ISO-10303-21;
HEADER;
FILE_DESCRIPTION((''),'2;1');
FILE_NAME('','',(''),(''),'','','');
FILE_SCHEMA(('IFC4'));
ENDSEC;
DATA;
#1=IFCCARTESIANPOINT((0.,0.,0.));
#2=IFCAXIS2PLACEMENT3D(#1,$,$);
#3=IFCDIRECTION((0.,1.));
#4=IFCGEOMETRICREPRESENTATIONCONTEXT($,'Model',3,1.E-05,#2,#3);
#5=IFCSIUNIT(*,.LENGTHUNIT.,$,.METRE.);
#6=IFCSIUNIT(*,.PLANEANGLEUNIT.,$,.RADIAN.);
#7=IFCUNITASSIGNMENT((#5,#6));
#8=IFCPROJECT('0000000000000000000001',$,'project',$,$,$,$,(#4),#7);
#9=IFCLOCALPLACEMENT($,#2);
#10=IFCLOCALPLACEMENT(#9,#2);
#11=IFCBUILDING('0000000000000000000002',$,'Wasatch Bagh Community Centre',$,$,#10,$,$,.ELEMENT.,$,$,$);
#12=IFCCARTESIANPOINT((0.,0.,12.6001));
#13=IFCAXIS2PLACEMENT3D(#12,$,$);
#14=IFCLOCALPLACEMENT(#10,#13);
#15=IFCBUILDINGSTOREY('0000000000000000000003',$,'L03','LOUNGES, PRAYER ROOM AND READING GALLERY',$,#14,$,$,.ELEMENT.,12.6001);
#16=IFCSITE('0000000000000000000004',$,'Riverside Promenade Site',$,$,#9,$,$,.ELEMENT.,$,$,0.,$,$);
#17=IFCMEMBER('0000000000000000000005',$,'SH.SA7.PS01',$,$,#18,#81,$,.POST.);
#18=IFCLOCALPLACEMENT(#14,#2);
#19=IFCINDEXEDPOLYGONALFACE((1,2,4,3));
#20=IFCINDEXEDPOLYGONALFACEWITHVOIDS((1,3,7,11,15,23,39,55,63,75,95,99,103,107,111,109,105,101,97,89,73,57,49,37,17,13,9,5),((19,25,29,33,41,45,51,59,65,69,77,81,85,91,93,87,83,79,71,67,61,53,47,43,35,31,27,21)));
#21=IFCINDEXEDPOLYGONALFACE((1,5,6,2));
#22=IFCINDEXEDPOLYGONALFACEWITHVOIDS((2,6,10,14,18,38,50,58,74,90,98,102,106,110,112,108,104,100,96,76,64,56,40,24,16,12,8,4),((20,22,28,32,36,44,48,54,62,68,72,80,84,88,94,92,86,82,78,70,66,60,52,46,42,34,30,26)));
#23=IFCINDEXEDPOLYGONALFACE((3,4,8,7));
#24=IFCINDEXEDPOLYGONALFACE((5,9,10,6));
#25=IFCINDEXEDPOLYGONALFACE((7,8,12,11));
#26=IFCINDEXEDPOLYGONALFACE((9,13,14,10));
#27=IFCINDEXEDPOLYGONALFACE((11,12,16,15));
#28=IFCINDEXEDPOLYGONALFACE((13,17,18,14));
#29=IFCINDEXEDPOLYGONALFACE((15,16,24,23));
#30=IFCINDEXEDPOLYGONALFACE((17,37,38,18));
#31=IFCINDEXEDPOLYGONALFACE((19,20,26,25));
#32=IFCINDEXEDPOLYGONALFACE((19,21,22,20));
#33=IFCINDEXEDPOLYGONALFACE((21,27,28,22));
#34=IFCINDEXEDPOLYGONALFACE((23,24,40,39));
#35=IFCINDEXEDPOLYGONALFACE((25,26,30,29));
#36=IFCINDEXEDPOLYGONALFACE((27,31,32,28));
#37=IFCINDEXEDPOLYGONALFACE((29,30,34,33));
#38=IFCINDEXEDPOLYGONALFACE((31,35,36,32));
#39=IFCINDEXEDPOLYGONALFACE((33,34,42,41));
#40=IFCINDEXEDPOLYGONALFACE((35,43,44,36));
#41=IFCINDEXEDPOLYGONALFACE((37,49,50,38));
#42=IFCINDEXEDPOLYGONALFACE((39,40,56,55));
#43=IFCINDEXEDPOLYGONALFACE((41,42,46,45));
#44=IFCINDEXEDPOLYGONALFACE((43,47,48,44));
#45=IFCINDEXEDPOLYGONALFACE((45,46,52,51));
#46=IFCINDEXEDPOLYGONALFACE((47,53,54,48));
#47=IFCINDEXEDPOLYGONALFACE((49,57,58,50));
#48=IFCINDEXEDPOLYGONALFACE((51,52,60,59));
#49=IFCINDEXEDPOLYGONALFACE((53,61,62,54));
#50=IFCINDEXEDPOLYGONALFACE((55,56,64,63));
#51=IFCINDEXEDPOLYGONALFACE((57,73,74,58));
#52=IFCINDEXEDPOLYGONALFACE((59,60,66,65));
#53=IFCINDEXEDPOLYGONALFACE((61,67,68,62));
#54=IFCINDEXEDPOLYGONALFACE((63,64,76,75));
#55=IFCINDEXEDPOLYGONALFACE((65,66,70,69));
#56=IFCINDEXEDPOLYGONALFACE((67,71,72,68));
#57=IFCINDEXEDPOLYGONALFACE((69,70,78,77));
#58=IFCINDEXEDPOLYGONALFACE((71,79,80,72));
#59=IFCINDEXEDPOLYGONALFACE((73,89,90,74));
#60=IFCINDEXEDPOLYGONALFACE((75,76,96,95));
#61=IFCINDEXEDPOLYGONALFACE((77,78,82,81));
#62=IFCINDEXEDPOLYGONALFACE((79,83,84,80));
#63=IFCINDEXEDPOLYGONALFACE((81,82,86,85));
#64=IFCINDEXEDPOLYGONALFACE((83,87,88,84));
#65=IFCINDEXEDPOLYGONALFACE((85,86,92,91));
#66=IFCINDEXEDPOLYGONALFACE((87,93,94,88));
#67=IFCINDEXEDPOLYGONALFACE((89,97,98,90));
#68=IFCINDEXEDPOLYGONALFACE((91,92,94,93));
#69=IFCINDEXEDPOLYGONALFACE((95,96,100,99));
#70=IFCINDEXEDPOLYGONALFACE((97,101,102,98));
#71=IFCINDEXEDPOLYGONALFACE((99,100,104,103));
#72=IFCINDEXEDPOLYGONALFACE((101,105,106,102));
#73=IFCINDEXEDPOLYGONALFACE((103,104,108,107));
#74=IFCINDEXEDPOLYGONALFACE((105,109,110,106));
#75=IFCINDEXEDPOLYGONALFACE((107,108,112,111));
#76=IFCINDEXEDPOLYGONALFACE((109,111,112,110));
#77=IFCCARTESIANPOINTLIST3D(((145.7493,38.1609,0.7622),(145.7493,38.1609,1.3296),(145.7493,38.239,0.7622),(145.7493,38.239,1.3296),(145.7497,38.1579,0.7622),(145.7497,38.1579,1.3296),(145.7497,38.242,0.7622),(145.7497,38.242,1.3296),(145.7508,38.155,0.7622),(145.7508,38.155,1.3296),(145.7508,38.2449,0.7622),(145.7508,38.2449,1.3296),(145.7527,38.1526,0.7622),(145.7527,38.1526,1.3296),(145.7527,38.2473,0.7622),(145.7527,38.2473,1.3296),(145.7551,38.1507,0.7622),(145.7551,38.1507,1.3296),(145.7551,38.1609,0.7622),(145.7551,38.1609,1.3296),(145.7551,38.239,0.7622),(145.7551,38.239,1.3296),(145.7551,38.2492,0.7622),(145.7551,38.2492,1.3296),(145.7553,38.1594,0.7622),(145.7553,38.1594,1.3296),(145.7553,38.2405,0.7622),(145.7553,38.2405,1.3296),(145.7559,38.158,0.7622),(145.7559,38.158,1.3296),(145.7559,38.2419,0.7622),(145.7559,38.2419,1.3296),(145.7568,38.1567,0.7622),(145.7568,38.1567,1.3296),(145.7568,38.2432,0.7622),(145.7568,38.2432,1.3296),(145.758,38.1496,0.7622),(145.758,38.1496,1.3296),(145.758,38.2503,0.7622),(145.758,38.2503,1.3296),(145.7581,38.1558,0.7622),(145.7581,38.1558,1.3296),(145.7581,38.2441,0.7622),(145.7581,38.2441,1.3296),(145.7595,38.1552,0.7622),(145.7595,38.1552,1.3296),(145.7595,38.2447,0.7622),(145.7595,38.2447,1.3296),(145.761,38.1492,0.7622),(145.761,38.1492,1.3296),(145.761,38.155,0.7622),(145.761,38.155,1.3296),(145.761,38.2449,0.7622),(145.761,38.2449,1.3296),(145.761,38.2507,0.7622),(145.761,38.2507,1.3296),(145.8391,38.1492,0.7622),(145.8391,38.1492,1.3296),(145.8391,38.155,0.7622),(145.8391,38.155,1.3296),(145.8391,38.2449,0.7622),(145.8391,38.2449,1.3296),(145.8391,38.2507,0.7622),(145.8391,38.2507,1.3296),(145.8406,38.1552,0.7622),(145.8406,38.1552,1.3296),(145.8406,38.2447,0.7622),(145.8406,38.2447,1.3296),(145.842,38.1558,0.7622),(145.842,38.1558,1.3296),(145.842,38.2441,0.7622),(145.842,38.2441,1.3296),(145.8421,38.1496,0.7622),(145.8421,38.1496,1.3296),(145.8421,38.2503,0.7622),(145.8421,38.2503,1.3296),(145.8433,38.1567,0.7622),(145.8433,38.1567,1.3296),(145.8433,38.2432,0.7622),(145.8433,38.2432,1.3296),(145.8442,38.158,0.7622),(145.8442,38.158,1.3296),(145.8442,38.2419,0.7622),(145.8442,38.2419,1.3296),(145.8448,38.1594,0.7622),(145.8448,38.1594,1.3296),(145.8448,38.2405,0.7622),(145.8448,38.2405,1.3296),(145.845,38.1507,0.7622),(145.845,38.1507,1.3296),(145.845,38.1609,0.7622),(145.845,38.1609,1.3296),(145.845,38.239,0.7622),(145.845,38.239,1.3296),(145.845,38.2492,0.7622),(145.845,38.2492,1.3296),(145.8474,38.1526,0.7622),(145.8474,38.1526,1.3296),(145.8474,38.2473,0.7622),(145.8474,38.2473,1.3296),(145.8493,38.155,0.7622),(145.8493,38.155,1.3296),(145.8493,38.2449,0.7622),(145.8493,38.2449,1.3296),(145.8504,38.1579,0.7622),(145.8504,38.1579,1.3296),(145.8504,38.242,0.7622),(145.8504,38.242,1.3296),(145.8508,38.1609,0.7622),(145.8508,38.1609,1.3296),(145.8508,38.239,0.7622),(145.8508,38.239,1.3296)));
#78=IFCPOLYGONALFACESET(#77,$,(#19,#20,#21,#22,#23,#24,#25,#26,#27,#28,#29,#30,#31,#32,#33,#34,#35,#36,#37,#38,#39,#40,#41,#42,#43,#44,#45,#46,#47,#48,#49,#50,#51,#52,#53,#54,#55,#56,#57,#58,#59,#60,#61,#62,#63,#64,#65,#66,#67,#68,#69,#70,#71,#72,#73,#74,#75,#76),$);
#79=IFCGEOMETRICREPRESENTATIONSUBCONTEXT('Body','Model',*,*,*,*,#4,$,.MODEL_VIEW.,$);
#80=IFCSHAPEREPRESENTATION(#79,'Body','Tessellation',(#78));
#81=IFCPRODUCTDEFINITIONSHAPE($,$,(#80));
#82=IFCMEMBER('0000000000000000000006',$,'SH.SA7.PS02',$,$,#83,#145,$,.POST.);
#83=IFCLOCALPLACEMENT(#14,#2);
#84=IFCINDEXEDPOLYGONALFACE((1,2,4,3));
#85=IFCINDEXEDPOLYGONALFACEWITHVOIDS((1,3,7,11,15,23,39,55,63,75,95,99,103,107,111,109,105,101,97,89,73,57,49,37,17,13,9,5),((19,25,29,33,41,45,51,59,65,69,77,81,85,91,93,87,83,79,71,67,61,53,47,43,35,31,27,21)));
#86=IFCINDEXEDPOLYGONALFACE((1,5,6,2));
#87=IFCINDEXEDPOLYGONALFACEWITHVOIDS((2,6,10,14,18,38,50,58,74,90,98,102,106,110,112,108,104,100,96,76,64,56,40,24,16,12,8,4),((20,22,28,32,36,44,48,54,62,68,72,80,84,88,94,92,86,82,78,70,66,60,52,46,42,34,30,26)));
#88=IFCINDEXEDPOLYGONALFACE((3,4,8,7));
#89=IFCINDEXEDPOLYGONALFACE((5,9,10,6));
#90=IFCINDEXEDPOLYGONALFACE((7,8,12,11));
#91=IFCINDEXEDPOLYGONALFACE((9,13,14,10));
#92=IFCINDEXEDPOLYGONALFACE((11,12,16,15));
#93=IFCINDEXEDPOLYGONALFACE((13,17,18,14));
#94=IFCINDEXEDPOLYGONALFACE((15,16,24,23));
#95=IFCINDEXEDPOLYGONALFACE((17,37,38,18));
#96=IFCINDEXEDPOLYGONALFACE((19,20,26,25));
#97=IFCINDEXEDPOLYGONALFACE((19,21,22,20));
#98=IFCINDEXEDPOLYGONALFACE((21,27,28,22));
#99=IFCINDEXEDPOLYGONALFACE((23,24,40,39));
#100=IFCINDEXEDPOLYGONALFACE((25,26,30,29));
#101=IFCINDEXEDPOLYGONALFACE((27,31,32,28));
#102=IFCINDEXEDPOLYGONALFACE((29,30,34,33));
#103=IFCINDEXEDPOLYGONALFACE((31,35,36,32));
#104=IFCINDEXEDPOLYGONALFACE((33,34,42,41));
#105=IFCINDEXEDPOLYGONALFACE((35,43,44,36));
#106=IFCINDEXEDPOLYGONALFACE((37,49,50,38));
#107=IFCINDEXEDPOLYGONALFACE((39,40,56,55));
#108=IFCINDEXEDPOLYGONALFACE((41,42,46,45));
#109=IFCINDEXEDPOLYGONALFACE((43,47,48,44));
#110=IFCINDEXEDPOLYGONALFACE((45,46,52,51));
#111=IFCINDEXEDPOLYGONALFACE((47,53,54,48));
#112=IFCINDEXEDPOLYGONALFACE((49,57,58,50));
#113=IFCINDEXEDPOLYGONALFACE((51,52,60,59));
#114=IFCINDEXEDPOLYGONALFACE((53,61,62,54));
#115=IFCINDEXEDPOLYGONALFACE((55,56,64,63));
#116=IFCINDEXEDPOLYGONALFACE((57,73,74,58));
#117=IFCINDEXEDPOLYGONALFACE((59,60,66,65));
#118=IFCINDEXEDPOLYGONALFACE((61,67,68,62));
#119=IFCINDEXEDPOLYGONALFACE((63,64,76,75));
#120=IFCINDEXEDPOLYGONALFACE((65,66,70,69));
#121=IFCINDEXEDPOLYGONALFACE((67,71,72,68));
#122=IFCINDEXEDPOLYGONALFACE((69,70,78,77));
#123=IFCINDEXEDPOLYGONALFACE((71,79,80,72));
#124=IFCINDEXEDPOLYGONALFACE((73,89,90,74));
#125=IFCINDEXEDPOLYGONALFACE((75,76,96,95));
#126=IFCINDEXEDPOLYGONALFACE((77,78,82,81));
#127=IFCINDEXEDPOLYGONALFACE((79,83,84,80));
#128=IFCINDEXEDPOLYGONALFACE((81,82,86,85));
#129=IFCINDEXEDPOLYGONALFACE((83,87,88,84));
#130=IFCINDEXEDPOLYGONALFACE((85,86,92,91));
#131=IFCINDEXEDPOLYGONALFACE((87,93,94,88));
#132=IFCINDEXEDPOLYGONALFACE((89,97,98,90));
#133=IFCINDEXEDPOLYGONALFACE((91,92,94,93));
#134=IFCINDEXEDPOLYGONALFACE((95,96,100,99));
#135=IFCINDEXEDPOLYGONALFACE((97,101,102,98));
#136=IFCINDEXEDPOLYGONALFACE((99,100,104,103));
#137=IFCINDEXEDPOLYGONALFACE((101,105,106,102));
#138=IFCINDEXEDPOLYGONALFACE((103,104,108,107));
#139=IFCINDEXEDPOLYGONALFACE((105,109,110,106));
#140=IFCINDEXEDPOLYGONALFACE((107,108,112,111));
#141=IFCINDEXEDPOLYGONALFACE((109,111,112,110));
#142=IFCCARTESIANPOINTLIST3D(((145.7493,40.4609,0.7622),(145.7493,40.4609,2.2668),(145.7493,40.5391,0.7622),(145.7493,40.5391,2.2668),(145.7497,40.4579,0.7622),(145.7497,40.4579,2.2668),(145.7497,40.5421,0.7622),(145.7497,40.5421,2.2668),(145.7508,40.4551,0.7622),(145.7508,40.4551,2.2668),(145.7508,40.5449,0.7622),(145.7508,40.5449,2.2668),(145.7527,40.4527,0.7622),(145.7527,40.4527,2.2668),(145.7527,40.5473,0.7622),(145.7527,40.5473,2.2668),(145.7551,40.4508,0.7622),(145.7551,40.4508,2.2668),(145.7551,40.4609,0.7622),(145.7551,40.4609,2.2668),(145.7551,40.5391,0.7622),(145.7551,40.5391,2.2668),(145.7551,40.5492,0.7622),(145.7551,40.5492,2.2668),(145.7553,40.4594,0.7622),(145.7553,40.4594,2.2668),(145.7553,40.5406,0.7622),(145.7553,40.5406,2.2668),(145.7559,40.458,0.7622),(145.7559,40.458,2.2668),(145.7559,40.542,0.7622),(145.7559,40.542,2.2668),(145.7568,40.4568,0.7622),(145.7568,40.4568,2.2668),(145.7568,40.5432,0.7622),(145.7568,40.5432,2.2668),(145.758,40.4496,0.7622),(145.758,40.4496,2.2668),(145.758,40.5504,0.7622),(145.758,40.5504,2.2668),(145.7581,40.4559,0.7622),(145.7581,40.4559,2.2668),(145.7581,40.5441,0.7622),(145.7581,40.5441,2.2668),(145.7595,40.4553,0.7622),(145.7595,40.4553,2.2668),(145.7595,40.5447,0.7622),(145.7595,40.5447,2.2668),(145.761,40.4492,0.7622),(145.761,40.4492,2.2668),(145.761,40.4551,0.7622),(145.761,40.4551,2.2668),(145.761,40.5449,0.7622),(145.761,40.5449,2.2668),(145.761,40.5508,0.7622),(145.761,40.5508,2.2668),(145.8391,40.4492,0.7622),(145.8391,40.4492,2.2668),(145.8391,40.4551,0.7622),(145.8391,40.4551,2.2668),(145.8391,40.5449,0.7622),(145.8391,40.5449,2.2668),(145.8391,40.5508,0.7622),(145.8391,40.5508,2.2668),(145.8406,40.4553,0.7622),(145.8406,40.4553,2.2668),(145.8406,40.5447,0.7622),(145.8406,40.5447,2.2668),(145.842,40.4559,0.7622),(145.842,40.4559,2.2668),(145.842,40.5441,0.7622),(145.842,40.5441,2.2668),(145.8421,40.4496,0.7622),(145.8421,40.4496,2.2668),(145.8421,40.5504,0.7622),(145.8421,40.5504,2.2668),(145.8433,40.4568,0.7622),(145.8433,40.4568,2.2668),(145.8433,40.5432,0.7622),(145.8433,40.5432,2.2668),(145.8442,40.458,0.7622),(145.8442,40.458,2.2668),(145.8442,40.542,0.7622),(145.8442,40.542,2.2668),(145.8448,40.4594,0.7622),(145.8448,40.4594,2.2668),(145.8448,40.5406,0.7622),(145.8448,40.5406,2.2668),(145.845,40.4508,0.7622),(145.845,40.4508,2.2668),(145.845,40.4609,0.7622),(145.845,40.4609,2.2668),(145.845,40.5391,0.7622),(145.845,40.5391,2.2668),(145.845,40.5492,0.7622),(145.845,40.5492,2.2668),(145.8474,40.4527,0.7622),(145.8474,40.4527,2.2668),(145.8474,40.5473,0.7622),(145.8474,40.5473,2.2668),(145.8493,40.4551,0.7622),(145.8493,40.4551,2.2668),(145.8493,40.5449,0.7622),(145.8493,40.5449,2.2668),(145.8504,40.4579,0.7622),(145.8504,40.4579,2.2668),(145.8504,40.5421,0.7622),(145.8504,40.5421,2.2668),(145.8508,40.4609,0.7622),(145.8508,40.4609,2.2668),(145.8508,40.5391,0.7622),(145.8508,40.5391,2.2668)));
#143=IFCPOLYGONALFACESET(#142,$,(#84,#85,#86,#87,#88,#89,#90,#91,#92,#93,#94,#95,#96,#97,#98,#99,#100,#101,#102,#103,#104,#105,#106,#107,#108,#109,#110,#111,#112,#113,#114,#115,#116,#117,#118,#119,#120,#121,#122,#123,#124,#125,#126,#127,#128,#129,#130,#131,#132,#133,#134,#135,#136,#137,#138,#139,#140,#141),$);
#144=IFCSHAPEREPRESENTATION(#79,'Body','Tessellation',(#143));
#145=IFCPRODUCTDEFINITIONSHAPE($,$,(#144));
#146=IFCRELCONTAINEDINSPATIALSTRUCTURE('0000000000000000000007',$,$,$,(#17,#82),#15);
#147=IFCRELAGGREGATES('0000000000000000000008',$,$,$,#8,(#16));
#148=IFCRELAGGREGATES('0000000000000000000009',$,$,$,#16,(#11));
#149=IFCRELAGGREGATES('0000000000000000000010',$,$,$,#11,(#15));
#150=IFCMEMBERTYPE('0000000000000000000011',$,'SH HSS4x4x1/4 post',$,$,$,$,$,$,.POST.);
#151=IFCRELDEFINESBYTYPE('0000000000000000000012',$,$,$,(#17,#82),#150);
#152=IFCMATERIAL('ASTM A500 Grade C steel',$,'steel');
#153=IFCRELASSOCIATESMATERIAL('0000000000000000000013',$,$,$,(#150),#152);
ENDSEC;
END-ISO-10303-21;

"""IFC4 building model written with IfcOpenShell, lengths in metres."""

from ifc_helpers import new_model, si_unit, direction, frame, origin, origin_2d, place, context, subcontext, project, spatial, hollow_rectangle, extrude, material, material_profile, profile_set, type_object, element, save


model = new_model("IFC4")

# Units and contexts
model_context = context("Model", 3, precision=1e-05, world=origin(), true_north=direction((0.0, 1.0)))
body_context = subcontext(model_context, "Body", "Model", "MODEL_VIEW")
ifc_project = project(units=[si_unit("LENGTHUNIT", "METRE"), si_unit("PLANEANGLEUNIT", "RADIAN")], contexts=[model_context])

# Site, building, storey
site_placement = place(None, origin())
site = spatial("IfcSite", under=ifc_project, at=site_placement, Name="Riverside Promenade Site", CompositionType="ELEMENT", RefElevation=0.0)
building_placement = place(site_placement, origin())
building = spatial("IfcBuilding", under=site, at=building_placement, Name="Wasatch Bagh Community Centre", CompositionType="ELEMENT")
storey_placement = place(building_placement, frame((0.0, 0.0, 12.6001)))
storey = spatial("IfcBuildingStorey", under=building, at=storey_placement, Name="L03", Description="LOUNGES, PRAYER ROOM AND READING GALLERY", CompositionType="ELEMENT", Elevation=12.6001)

# Members
ifc_material_1 = material(Name="ASTM A500 Grade C steel", Category="steel")
ifc_material_profile_1 = material_profile(ifc_material_1, hollow_rectangle(XDim=0.1016, YDim=0.1016, WallThickness=0.0059, InnerFilletRadius=0.0059, OuterFilletRadius=0.0117, at=origin_2d()), Name="HSS4x4x1/4")
ifc_profile_set_1 = profile_set([ifc_material_profile_1], Name="ASTM A500 Grade C steel")
member_type_1 = type_object("IfcMemberType", Name="SH HSS4x4x1/4 post", PredefinedType="POST", material=ifc_profile_set_1)
member_1_placement = place(storey_placement, frame((145.8, 38.2, 0.7622), z_axis=(0.0, 0.0, 1.0), x_axis=(1.0, 0.0, 0.0)))
element("IfcMember", 1, at=member_1_placement, inside=storey, type_object=member_type_1, Name="SH.SA7.PS01", PredefinedType="POST", context=body_context, shape_type="SweptSolid", body=[
    extrude(hollow_rectangle(XDim=0.1016, YDim=0.1016, WallThickness=0.0059, InnerFilletRadius=0.0059, OuterFilletRadius=0.0117, at=origin_2d()), origin(), (0.0, 0.0, 1.0), 0.5674),
])
member_2_placement = place(storey_placement, frame((145.8, 40.5, 0.7622), z_axis=(0.0, 0.0, 1.0), x_axis=(1.0, 0.0, 0.0)))
element("IfcMember", 2, at=member_2_placement, inside=storey, type_object=member_type_1, Name="SH.SA7.PS02", PredefinedType="POST", context=body_context, shape_type="SweptSolid", body=[
    extrude(hollow_rectangle(XDim=0.1016, YDim=0.1016, WallThickness=0.0059, InnerFilletRadius=0.0059, OuterFilletRadius=0.0117, at=origin_2d()), origin(), (0.0, 0.0, 1.0), 1.5046),
])

save(model, "model.ifc")
